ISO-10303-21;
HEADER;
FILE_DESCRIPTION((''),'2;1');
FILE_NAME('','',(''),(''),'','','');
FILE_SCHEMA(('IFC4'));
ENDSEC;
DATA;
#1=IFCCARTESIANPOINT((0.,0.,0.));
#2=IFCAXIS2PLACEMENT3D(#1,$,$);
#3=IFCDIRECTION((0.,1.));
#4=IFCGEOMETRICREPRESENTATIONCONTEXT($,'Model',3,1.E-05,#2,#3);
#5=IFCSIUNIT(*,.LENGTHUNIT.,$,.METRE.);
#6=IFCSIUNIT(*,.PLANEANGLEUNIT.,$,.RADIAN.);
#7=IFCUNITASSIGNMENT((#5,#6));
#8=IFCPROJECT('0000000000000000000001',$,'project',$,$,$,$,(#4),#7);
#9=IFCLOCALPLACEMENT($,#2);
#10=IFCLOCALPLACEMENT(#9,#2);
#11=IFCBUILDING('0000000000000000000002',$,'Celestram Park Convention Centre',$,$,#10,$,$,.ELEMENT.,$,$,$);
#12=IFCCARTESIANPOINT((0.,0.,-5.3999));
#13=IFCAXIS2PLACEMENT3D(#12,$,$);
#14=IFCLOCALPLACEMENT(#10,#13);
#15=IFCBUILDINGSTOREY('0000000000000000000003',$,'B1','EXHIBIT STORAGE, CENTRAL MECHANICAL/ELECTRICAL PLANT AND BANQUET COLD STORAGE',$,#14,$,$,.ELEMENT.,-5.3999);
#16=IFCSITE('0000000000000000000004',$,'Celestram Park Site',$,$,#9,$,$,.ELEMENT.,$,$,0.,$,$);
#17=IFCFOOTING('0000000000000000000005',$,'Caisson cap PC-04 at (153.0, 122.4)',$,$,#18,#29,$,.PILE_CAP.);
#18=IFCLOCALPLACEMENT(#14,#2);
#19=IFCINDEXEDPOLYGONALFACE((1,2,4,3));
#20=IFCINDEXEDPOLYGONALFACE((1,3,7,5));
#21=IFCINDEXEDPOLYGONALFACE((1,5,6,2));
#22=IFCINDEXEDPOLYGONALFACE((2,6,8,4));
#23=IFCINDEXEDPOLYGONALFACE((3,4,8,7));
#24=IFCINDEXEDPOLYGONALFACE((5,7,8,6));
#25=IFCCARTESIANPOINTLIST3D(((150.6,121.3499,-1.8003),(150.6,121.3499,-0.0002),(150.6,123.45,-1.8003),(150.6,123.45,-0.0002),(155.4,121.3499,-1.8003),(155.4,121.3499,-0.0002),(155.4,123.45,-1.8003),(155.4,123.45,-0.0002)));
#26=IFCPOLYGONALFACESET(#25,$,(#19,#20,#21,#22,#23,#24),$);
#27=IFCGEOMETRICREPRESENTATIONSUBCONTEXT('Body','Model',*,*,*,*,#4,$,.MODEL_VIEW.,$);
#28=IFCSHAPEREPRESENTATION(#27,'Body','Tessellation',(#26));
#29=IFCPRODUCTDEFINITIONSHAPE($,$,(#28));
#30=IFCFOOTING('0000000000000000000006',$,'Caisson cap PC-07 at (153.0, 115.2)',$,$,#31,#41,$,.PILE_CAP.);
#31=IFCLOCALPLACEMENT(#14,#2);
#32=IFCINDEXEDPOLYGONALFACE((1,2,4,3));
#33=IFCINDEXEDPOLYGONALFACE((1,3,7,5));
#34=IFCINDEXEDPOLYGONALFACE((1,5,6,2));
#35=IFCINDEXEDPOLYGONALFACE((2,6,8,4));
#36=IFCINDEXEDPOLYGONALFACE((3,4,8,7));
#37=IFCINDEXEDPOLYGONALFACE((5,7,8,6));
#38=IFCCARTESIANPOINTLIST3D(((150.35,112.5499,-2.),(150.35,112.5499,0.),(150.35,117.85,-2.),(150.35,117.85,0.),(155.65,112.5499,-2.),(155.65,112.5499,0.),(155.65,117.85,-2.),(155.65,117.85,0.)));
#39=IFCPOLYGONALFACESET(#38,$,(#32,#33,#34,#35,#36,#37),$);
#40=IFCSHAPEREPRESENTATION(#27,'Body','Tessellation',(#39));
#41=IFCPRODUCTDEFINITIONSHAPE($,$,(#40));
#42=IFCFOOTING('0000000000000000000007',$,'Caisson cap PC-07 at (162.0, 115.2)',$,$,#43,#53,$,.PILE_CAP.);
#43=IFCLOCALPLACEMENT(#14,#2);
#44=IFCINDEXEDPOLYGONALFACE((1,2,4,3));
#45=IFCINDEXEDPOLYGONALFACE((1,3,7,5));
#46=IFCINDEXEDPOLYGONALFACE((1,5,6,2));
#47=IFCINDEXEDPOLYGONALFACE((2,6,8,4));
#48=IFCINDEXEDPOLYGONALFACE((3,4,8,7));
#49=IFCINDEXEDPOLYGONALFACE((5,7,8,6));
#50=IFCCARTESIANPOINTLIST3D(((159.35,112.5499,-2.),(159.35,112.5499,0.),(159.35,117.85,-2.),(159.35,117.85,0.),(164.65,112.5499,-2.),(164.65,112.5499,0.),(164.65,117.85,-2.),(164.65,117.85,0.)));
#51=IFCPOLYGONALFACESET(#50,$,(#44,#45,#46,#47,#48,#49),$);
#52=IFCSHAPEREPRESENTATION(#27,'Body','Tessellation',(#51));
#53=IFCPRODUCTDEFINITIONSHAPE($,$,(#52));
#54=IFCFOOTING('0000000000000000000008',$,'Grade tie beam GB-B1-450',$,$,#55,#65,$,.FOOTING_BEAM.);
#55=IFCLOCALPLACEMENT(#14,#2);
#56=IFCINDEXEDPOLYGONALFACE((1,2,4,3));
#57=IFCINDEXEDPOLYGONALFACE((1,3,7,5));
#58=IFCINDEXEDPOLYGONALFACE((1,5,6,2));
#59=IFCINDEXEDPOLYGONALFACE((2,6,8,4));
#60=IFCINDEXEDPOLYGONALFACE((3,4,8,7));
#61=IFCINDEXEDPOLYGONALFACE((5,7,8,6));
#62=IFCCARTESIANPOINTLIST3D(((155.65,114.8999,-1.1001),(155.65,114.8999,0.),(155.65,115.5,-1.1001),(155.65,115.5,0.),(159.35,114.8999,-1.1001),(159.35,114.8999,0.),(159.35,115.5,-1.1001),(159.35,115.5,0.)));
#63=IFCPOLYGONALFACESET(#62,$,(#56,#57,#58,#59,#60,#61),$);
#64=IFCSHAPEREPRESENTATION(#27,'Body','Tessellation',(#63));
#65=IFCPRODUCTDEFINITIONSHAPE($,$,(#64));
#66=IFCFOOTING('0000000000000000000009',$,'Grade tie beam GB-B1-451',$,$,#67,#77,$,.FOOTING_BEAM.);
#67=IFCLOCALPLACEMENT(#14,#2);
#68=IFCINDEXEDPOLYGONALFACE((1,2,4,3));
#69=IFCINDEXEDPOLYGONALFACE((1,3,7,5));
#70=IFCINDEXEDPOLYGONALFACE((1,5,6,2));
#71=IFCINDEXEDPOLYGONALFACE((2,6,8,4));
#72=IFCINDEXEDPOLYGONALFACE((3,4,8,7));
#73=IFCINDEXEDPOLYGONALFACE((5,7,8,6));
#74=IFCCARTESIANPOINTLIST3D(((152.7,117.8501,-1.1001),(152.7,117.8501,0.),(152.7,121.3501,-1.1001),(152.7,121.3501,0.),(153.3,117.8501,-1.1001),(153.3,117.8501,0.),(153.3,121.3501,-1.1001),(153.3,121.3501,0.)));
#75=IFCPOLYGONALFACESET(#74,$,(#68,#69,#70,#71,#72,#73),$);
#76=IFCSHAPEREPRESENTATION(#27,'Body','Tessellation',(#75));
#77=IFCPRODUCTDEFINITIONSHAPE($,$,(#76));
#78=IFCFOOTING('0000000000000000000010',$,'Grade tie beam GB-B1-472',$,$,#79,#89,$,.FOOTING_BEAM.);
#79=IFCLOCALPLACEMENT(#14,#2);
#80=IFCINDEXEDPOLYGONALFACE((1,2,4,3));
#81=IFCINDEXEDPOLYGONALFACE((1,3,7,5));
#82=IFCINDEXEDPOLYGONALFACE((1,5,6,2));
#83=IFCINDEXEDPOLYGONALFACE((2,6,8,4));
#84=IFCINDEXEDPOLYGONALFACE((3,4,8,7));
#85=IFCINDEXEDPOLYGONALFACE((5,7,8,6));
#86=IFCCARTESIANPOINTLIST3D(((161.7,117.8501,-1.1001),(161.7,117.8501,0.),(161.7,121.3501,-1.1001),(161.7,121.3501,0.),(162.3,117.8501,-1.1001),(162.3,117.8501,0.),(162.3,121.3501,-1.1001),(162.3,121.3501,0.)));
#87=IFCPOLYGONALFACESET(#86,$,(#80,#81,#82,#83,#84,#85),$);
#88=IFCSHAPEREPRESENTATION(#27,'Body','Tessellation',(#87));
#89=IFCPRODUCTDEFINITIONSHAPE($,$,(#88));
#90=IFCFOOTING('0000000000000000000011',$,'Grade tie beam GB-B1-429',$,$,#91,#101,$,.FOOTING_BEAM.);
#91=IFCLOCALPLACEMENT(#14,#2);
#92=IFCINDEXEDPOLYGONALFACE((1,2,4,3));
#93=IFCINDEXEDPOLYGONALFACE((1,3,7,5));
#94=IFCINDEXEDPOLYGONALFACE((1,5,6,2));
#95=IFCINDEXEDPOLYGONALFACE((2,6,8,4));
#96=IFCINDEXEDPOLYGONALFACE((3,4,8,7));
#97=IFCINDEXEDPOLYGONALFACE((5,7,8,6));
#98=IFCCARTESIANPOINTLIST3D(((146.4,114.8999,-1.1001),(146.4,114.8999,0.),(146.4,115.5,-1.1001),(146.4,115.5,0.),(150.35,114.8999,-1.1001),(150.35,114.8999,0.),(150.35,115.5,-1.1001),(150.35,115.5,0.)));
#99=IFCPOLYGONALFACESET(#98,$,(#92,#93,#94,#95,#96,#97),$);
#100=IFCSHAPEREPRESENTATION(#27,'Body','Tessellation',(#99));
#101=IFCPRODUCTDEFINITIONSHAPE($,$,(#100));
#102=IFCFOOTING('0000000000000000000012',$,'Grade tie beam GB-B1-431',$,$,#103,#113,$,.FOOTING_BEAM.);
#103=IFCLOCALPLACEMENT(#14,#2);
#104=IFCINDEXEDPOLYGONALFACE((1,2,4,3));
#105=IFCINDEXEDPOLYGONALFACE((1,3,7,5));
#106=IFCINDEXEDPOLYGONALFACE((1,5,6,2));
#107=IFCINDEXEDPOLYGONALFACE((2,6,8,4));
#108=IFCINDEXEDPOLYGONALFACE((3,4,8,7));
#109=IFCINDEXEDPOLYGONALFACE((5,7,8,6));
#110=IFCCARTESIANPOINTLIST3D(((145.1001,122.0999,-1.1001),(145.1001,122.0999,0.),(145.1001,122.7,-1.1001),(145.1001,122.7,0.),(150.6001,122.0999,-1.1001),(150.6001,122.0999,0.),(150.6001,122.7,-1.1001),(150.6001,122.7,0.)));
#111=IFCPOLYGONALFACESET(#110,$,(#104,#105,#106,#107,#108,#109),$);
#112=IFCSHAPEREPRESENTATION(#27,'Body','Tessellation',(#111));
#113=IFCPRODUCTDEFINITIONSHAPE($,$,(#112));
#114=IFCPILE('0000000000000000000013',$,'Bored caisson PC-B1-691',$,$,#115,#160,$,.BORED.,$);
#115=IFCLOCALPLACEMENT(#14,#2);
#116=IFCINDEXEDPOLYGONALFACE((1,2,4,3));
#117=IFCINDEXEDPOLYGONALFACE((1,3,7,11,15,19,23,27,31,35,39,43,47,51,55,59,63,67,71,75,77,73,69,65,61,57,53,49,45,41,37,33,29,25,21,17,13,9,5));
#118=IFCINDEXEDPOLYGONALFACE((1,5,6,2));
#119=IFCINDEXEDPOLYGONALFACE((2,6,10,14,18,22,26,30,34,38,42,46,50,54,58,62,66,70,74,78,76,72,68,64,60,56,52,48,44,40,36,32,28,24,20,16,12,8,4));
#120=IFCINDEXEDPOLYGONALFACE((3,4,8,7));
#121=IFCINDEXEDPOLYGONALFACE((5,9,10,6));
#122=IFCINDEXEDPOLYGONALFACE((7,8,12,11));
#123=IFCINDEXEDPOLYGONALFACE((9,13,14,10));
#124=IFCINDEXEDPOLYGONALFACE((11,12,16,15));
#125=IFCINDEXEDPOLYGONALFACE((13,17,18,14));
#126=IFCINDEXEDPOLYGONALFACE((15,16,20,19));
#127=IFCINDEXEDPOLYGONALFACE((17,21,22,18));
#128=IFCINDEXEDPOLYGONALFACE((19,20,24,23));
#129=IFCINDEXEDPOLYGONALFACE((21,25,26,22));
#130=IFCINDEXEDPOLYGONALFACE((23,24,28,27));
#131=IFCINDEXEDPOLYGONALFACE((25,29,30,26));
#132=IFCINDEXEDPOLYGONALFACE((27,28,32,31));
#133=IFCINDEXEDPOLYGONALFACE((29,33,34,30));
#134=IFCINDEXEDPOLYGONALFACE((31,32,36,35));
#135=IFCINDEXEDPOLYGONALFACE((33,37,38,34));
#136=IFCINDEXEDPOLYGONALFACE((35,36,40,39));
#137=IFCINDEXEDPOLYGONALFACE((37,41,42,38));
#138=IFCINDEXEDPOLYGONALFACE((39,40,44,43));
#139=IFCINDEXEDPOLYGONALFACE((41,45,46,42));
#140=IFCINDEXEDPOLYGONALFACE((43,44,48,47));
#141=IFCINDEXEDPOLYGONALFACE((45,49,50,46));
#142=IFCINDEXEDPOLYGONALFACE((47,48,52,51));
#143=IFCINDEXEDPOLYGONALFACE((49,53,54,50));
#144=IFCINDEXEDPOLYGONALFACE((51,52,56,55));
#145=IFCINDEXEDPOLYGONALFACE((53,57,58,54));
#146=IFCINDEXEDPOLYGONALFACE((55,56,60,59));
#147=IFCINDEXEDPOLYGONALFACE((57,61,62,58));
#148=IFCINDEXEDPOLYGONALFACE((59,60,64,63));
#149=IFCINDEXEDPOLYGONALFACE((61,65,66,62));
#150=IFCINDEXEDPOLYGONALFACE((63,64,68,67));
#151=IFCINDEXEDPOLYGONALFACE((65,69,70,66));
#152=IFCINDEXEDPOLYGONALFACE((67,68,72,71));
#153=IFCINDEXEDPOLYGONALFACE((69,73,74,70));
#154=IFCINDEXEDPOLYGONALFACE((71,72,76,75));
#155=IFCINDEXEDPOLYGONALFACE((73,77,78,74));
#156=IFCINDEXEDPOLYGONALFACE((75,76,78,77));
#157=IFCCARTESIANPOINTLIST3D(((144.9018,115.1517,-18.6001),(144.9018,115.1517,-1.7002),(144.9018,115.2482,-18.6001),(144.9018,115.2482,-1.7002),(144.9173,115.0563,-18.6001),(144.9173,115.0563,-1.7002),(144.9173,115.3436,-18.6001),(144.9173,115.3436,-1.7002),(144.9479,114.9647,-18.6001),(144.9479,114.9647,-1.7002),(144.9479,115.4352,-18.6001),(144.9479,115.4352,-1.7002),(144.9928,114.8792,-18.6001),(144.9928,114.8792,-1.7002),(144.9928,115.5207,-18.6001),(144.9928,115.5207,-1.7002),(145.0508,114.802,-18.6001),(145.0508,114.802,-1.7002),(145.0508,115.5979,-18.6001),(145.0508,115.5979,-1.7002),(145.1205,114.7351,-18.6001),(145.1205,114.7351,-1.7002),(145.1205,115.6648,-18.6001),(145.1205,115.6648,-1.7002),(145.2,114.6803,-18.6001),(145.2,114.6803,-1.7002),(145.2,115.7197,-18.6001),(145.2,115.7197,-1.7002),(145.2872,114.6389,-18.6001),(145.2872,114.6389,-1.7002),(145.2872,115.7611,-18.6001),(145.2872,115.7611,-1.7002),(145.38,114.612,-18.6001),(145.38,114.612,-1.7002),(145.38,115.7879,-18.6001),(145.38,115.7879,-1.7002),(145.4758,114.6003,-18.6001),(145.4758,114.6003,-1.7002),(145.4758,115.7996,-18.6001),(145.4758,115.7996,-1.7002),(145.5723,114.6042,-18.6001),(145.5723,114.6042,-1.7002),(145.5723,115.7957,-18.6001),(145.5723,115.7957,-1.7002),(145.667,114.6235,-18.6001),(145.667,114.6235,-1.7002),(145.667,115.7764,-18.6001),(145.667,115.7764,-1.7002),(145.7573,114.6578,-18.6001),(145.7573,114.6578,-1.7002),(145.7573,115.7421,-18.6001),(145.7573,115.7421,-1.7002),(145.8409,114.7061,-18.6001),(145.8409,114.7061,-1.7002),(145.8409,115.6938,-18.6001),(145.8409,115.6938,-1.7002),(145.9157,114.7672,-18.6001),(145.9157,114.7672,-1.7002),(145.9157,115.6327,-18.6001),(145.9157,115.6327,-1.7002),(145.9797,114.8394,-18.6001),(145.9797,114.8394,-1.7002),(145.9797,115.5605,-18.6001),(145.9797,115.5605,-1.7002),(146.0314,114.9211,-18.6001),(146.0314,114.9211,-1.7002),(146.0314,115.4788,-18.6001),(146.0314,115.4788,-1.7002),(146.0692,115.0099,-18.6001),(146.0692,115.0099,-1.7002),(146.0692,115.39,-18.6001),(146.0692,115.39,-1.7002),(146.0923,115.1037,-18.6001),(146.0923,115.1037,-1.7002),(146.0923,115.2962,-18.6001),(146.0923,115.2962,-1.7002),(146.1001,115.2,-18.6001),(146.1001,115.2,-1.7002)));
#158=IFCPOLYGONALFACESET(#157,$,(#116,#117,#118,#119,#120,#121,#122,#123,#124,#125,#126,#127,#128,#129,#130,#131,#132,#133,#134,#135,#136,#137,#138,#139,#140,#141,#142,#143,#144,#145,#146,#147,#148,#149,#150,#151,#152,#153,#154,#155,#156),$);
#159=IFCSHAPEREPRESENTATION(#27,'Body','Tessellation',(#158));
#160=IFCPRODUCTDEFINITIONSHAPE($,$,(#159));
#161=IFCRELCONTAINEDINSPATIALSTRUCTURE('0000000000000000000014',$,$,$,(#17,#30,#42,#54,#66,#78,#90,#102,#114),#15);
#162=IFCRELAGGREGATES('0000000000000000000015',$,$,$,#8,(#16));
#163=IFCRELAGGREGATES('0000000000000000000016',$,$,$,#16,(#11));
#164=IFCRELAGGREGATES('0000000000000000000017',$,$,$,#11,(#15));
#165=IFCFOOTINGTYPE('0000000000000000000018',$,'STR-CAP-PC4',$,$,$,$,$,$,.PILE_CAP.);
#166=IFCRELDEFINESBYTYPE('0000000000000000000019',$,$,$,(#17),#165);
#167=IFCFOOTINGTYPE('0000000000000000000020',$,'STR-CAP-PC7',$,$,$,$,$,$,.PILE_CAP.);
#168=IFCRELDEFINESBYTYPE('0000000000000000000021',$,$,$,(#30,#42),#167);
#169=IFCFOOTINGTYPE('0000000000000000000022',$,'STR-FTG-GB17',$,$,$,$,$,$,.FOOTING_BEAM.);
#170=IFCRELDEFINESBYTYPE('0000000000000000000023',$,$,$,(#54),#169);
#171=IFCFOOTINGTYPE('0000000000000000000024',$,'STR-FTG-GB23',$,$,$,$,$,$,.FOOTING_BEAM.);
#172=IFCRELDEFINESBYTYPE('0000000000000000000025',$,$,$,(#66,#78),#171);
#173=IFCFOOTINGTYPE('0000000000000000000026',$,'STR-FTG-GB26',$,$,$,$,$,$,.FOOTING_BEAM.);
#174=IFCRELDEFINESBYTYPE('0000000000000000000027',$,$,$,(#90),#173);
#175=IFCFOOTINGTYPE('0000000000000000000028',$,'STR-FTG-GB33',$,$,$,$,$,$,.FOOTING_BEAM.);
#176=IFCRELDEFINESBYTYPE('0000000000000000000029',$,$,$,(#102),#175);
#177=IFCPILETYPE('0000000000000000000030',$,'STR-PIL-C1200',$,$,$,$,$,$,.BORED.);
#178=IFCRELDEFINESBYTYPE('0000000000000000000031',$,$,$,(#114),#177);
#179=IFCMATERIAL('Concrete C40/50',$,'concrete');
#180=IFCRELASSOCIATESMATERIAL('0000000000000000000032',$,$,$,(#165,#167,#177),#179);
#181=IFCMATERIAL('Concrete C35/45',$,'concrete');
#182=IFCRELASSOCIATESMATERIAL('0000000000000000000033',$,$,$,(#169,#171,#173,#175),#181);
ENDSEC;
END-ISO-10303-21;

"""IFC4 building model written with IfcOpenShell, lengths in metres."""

from ifc_helpers import new_model, si_unit, direction, frame, origin, origin_2d, place, context, subcontext, project, spatial, rectangle, circle, extrude, material, material_profile, profile_set, type_object, element, save


model = new_model("IFC4")

# Units and contexts
model_context = context("Model", 3, precision=1e-05, world=origin(), true_north=direction((0.0, 1.0)))
body_context = subcontext(model_context, "Body", "Model", "MODEL_VIEW")
ifc_project = project(units=[si_unit("LENGTHUNIT", "METRE"), si_unit("PLANEANGLEUNIT", "RADIAN")], contexts=[model_context])

# Site, building, storey
site_placement = place(None, origin())
site = spatial("IfcSite", under=ifc_project, at=site_placement, Name="Celestram Park Site", CompositionType="ELEMENT", RefElevation=0.0)
building_placement = place(site_placement, origin())
building = spatial("IfcBuilding", under=site, at=building_placement, Name="Celestram Park Convention Centre", CompositionType="ELEMENT")
storey_placement = place(building_placement, frame((0.0, 0.0, -5.3999)))
storey = spatial("IfcBuildingStorey", under=building, at=storey_placement, Name="B1", Description="EXHIBIT STORAGE, CENTRAL MECHANICAL/ELECTRICAL PLANT AND BANQUET COLD STORAGE", CompositionType="ELEMENT", Elevation=-5.3999)

# Footings
ifc_material_1 = material(Name="Concrete C40/50", Category="concrete")
footing_type_1 = type_object("IfcFootingType", Name="STR-CAP-PC4", PredefinedType="PILE_CAP", material=ifc_material_1)
footing_1_placement = place(storey_placement, frame((153.0, 122.3999, -1.8003), z_axis=(0.0, 0.0, 1.0), x_axis=(1.0, 0.0, 0.0)))
element("IfcFooting", 1, at=footing_1_placement, inside=storey, type_object=footing_type_1, Name="Caisson cap PC-04 at (153.0, 122.4)", PredefinedType="PILE_CAP", context=body_context, shape_type="SweptSolid", body=[
    extrude(rectangle(XDim=4.8, YDim=2.1001, at=origin_2d()), origin(), (0.0, 0.0, 1.0), 1.8),
])
footing_type_2 = type_object("IfcFootingType", Name="STR-CAP-PC7", PredefinedType="PILE_CAP", material=ifc_material_1)
for number, where, z_axis, x_axis, name in (
    (2, (153.0, 115.2, -2.0), (0.0, 0.0, 1.0), (1.0, 0.0, 0.0), "Caisson cap PC-07 at (153.0, 115.2)"),
    (3, (162.0, 115.2, -2.0), (0.0, 0.0, 1.0), (1.0, 0.0, 0.0), "Caisson cap PC-07 at (162.0, 115.2)"),
):
    element("IfcFooting", number, at=place(storey_placement, frame(where, z_axis=z_axis, x_axis=x_axis)), inside=storey, type_object=footing_type_2, Name=name, PredefinedType="PILE_CAP", context=body_context, shape_type="SweptSolid", body=[
        extrude(rectangle(XDim=5.3, YDim=5.3, at=origin_2d()), origin(), (0.0, 0.0, 1.0), 2.0),
    ])
ifc_material_2 = material(Name="Concrete C35/45", Category="concrete")
footing_type_3 = type_object("IfcFootingType", Name="STR-FTG-GB17", PredefinedType="FOOTING_BEAM", material=ifc_material_2)
footing_2_placement = place(storey_placement, frame((157.5, 115.2, -1.1001), z_axis=(0.0, 0.0, 1.0), x_axis=(1.0, 0.0, 0.0)))
element("IfcFooting", 4, at=footing_2_placement, inside=storey, type_object=footing_type_3, Name="Grade tie beam GB-B1-450", PredefinedType="FOOTING_BEAM", context=body_context, shape_type="SweptSolid", body=[
    extrude(rectangle(XDim=3.7, YDim=0.6001, at=origin_2d()), origin(), (0.0, 0.0, 1.0), 1.1001),
])
footing_type_4 = type_object("IfcFootingType", Name="STR-FTG-GB23", PredefinedType="FOOTING_BEAM", material=ifc_material_2)
for number, where, z_axis, x_axis, name in (
    (5, (153.0, 119.6001, -1.1001), (0.0, 0.0, 1.0), (0.0, 1.0, 0.0), "Grade tie beam GB-B1-451"),
    (6, (162.0, 119.6001, -1.1001), (0.0, 0.0, 1.0), (0.0, 1.0, 0.0), "Grade tie beam GB-B1-472"),
):
    element("IfcFooting", number, at=place(storey_placement, frame(where, z_axis=z_axis, x_axis=x_axis)), inside=storey, type_object=footing_type_4, Name=name, PredefinedType="FOOTING_BEAM", context=body_context, shape_type="SweptSolid", body=[
        extrude(rectangle(XDim=3.5, YDim=0.6001, at=origin_2d()), origin(), (0.0, 0.0, 1.0), 1.1001),
    ])
footing_type_5 = type_object("IfcFootingType", Name="STR-FTG-GB26", PredefinedType="FOOTING_BEAM", material=ifc_material_2)
footing_3_placement = place(storey_placement, frame((148.375, 115.2, -1.1001), z_axis=(0.0, 0.0, 1.0), x_axis=(1.0, 0.0, 0.0)))
element("IfcFooting", 7, at=footing_3_placement, inside=storey, type_object=footing_type_5, Name="Grade tie beam GB-B1-429", PredefinedType="FOOTING_BEAM", context=body_context, shape_type="SweptSolid", body=[
    extrude(rectangle(XDim=3.95, YDim=0.6001, at=origin_2d()), origin(), (0.0, 0.0, 1.0), 1.1001),
])
footing_type_6 = type_object("IfcFootingType", Name="STR-FTG-GB33", PredefinedType="FOOTING_BEAM", material=ifc_material_2)
footing_4_placement = place(storey_placement, frame((147.8501, 122.3999, -1.1001), z_axis=(0.0, 0.0, 1.0), x_axis=(1.0, 0.0, 0.0)))
element("IfcFooting", 8, at=footing_4_placement, inside=storey, type_object=footing_type_6, Name="Grade tie beam GB-B1-431", PredefinedType="FOOTING_BEAM", context=body_context, shape_type="SweptSolid", body=[
    extrude(rectangle(XDim=5.5, YDim=0.6001, at=origin_2d()), origin(), (0.0, 0.0, 1.0), 1.1001),
])

# Pile
ifc_material_profile_1 = material_profile(ifc_material_1, circle(Radius=0.6001, at=origin_2d()), Name="CAISSON1200")
ifc_profile_set_1 = profile_set([ifc_material_profile_1], Name="Concrete C40/50")
pile_type_1 = type_object("IfcPileType", Name="STR-PIL-C1200", PredefinedType="BORED", material=ifc_profile_set_1)
for number, where, z_axis, x_axis, name in (
    (9, (145.5, 115.2, -1.7002), (0.0, 0.0, -1.0), (1.0, 0.0, 0.0), "Bored caisson PC-B1-691"),
):
    element("IfcPile", number, at=place(storey_placement, frame(where, z_axis=z_axis, x_axis=x_axis)), inside=storey, type_object=pile_type_1, Name=name, PredefinedType="BORED", context=body_context, shape_type="SweptSolid", body=[
        extrude(circle(Radius=0.6001, at=origin_2d()), origin(), (0.0, 0.0, 1.0), 16.8999),
    ])

save(model, "model.ifc")
